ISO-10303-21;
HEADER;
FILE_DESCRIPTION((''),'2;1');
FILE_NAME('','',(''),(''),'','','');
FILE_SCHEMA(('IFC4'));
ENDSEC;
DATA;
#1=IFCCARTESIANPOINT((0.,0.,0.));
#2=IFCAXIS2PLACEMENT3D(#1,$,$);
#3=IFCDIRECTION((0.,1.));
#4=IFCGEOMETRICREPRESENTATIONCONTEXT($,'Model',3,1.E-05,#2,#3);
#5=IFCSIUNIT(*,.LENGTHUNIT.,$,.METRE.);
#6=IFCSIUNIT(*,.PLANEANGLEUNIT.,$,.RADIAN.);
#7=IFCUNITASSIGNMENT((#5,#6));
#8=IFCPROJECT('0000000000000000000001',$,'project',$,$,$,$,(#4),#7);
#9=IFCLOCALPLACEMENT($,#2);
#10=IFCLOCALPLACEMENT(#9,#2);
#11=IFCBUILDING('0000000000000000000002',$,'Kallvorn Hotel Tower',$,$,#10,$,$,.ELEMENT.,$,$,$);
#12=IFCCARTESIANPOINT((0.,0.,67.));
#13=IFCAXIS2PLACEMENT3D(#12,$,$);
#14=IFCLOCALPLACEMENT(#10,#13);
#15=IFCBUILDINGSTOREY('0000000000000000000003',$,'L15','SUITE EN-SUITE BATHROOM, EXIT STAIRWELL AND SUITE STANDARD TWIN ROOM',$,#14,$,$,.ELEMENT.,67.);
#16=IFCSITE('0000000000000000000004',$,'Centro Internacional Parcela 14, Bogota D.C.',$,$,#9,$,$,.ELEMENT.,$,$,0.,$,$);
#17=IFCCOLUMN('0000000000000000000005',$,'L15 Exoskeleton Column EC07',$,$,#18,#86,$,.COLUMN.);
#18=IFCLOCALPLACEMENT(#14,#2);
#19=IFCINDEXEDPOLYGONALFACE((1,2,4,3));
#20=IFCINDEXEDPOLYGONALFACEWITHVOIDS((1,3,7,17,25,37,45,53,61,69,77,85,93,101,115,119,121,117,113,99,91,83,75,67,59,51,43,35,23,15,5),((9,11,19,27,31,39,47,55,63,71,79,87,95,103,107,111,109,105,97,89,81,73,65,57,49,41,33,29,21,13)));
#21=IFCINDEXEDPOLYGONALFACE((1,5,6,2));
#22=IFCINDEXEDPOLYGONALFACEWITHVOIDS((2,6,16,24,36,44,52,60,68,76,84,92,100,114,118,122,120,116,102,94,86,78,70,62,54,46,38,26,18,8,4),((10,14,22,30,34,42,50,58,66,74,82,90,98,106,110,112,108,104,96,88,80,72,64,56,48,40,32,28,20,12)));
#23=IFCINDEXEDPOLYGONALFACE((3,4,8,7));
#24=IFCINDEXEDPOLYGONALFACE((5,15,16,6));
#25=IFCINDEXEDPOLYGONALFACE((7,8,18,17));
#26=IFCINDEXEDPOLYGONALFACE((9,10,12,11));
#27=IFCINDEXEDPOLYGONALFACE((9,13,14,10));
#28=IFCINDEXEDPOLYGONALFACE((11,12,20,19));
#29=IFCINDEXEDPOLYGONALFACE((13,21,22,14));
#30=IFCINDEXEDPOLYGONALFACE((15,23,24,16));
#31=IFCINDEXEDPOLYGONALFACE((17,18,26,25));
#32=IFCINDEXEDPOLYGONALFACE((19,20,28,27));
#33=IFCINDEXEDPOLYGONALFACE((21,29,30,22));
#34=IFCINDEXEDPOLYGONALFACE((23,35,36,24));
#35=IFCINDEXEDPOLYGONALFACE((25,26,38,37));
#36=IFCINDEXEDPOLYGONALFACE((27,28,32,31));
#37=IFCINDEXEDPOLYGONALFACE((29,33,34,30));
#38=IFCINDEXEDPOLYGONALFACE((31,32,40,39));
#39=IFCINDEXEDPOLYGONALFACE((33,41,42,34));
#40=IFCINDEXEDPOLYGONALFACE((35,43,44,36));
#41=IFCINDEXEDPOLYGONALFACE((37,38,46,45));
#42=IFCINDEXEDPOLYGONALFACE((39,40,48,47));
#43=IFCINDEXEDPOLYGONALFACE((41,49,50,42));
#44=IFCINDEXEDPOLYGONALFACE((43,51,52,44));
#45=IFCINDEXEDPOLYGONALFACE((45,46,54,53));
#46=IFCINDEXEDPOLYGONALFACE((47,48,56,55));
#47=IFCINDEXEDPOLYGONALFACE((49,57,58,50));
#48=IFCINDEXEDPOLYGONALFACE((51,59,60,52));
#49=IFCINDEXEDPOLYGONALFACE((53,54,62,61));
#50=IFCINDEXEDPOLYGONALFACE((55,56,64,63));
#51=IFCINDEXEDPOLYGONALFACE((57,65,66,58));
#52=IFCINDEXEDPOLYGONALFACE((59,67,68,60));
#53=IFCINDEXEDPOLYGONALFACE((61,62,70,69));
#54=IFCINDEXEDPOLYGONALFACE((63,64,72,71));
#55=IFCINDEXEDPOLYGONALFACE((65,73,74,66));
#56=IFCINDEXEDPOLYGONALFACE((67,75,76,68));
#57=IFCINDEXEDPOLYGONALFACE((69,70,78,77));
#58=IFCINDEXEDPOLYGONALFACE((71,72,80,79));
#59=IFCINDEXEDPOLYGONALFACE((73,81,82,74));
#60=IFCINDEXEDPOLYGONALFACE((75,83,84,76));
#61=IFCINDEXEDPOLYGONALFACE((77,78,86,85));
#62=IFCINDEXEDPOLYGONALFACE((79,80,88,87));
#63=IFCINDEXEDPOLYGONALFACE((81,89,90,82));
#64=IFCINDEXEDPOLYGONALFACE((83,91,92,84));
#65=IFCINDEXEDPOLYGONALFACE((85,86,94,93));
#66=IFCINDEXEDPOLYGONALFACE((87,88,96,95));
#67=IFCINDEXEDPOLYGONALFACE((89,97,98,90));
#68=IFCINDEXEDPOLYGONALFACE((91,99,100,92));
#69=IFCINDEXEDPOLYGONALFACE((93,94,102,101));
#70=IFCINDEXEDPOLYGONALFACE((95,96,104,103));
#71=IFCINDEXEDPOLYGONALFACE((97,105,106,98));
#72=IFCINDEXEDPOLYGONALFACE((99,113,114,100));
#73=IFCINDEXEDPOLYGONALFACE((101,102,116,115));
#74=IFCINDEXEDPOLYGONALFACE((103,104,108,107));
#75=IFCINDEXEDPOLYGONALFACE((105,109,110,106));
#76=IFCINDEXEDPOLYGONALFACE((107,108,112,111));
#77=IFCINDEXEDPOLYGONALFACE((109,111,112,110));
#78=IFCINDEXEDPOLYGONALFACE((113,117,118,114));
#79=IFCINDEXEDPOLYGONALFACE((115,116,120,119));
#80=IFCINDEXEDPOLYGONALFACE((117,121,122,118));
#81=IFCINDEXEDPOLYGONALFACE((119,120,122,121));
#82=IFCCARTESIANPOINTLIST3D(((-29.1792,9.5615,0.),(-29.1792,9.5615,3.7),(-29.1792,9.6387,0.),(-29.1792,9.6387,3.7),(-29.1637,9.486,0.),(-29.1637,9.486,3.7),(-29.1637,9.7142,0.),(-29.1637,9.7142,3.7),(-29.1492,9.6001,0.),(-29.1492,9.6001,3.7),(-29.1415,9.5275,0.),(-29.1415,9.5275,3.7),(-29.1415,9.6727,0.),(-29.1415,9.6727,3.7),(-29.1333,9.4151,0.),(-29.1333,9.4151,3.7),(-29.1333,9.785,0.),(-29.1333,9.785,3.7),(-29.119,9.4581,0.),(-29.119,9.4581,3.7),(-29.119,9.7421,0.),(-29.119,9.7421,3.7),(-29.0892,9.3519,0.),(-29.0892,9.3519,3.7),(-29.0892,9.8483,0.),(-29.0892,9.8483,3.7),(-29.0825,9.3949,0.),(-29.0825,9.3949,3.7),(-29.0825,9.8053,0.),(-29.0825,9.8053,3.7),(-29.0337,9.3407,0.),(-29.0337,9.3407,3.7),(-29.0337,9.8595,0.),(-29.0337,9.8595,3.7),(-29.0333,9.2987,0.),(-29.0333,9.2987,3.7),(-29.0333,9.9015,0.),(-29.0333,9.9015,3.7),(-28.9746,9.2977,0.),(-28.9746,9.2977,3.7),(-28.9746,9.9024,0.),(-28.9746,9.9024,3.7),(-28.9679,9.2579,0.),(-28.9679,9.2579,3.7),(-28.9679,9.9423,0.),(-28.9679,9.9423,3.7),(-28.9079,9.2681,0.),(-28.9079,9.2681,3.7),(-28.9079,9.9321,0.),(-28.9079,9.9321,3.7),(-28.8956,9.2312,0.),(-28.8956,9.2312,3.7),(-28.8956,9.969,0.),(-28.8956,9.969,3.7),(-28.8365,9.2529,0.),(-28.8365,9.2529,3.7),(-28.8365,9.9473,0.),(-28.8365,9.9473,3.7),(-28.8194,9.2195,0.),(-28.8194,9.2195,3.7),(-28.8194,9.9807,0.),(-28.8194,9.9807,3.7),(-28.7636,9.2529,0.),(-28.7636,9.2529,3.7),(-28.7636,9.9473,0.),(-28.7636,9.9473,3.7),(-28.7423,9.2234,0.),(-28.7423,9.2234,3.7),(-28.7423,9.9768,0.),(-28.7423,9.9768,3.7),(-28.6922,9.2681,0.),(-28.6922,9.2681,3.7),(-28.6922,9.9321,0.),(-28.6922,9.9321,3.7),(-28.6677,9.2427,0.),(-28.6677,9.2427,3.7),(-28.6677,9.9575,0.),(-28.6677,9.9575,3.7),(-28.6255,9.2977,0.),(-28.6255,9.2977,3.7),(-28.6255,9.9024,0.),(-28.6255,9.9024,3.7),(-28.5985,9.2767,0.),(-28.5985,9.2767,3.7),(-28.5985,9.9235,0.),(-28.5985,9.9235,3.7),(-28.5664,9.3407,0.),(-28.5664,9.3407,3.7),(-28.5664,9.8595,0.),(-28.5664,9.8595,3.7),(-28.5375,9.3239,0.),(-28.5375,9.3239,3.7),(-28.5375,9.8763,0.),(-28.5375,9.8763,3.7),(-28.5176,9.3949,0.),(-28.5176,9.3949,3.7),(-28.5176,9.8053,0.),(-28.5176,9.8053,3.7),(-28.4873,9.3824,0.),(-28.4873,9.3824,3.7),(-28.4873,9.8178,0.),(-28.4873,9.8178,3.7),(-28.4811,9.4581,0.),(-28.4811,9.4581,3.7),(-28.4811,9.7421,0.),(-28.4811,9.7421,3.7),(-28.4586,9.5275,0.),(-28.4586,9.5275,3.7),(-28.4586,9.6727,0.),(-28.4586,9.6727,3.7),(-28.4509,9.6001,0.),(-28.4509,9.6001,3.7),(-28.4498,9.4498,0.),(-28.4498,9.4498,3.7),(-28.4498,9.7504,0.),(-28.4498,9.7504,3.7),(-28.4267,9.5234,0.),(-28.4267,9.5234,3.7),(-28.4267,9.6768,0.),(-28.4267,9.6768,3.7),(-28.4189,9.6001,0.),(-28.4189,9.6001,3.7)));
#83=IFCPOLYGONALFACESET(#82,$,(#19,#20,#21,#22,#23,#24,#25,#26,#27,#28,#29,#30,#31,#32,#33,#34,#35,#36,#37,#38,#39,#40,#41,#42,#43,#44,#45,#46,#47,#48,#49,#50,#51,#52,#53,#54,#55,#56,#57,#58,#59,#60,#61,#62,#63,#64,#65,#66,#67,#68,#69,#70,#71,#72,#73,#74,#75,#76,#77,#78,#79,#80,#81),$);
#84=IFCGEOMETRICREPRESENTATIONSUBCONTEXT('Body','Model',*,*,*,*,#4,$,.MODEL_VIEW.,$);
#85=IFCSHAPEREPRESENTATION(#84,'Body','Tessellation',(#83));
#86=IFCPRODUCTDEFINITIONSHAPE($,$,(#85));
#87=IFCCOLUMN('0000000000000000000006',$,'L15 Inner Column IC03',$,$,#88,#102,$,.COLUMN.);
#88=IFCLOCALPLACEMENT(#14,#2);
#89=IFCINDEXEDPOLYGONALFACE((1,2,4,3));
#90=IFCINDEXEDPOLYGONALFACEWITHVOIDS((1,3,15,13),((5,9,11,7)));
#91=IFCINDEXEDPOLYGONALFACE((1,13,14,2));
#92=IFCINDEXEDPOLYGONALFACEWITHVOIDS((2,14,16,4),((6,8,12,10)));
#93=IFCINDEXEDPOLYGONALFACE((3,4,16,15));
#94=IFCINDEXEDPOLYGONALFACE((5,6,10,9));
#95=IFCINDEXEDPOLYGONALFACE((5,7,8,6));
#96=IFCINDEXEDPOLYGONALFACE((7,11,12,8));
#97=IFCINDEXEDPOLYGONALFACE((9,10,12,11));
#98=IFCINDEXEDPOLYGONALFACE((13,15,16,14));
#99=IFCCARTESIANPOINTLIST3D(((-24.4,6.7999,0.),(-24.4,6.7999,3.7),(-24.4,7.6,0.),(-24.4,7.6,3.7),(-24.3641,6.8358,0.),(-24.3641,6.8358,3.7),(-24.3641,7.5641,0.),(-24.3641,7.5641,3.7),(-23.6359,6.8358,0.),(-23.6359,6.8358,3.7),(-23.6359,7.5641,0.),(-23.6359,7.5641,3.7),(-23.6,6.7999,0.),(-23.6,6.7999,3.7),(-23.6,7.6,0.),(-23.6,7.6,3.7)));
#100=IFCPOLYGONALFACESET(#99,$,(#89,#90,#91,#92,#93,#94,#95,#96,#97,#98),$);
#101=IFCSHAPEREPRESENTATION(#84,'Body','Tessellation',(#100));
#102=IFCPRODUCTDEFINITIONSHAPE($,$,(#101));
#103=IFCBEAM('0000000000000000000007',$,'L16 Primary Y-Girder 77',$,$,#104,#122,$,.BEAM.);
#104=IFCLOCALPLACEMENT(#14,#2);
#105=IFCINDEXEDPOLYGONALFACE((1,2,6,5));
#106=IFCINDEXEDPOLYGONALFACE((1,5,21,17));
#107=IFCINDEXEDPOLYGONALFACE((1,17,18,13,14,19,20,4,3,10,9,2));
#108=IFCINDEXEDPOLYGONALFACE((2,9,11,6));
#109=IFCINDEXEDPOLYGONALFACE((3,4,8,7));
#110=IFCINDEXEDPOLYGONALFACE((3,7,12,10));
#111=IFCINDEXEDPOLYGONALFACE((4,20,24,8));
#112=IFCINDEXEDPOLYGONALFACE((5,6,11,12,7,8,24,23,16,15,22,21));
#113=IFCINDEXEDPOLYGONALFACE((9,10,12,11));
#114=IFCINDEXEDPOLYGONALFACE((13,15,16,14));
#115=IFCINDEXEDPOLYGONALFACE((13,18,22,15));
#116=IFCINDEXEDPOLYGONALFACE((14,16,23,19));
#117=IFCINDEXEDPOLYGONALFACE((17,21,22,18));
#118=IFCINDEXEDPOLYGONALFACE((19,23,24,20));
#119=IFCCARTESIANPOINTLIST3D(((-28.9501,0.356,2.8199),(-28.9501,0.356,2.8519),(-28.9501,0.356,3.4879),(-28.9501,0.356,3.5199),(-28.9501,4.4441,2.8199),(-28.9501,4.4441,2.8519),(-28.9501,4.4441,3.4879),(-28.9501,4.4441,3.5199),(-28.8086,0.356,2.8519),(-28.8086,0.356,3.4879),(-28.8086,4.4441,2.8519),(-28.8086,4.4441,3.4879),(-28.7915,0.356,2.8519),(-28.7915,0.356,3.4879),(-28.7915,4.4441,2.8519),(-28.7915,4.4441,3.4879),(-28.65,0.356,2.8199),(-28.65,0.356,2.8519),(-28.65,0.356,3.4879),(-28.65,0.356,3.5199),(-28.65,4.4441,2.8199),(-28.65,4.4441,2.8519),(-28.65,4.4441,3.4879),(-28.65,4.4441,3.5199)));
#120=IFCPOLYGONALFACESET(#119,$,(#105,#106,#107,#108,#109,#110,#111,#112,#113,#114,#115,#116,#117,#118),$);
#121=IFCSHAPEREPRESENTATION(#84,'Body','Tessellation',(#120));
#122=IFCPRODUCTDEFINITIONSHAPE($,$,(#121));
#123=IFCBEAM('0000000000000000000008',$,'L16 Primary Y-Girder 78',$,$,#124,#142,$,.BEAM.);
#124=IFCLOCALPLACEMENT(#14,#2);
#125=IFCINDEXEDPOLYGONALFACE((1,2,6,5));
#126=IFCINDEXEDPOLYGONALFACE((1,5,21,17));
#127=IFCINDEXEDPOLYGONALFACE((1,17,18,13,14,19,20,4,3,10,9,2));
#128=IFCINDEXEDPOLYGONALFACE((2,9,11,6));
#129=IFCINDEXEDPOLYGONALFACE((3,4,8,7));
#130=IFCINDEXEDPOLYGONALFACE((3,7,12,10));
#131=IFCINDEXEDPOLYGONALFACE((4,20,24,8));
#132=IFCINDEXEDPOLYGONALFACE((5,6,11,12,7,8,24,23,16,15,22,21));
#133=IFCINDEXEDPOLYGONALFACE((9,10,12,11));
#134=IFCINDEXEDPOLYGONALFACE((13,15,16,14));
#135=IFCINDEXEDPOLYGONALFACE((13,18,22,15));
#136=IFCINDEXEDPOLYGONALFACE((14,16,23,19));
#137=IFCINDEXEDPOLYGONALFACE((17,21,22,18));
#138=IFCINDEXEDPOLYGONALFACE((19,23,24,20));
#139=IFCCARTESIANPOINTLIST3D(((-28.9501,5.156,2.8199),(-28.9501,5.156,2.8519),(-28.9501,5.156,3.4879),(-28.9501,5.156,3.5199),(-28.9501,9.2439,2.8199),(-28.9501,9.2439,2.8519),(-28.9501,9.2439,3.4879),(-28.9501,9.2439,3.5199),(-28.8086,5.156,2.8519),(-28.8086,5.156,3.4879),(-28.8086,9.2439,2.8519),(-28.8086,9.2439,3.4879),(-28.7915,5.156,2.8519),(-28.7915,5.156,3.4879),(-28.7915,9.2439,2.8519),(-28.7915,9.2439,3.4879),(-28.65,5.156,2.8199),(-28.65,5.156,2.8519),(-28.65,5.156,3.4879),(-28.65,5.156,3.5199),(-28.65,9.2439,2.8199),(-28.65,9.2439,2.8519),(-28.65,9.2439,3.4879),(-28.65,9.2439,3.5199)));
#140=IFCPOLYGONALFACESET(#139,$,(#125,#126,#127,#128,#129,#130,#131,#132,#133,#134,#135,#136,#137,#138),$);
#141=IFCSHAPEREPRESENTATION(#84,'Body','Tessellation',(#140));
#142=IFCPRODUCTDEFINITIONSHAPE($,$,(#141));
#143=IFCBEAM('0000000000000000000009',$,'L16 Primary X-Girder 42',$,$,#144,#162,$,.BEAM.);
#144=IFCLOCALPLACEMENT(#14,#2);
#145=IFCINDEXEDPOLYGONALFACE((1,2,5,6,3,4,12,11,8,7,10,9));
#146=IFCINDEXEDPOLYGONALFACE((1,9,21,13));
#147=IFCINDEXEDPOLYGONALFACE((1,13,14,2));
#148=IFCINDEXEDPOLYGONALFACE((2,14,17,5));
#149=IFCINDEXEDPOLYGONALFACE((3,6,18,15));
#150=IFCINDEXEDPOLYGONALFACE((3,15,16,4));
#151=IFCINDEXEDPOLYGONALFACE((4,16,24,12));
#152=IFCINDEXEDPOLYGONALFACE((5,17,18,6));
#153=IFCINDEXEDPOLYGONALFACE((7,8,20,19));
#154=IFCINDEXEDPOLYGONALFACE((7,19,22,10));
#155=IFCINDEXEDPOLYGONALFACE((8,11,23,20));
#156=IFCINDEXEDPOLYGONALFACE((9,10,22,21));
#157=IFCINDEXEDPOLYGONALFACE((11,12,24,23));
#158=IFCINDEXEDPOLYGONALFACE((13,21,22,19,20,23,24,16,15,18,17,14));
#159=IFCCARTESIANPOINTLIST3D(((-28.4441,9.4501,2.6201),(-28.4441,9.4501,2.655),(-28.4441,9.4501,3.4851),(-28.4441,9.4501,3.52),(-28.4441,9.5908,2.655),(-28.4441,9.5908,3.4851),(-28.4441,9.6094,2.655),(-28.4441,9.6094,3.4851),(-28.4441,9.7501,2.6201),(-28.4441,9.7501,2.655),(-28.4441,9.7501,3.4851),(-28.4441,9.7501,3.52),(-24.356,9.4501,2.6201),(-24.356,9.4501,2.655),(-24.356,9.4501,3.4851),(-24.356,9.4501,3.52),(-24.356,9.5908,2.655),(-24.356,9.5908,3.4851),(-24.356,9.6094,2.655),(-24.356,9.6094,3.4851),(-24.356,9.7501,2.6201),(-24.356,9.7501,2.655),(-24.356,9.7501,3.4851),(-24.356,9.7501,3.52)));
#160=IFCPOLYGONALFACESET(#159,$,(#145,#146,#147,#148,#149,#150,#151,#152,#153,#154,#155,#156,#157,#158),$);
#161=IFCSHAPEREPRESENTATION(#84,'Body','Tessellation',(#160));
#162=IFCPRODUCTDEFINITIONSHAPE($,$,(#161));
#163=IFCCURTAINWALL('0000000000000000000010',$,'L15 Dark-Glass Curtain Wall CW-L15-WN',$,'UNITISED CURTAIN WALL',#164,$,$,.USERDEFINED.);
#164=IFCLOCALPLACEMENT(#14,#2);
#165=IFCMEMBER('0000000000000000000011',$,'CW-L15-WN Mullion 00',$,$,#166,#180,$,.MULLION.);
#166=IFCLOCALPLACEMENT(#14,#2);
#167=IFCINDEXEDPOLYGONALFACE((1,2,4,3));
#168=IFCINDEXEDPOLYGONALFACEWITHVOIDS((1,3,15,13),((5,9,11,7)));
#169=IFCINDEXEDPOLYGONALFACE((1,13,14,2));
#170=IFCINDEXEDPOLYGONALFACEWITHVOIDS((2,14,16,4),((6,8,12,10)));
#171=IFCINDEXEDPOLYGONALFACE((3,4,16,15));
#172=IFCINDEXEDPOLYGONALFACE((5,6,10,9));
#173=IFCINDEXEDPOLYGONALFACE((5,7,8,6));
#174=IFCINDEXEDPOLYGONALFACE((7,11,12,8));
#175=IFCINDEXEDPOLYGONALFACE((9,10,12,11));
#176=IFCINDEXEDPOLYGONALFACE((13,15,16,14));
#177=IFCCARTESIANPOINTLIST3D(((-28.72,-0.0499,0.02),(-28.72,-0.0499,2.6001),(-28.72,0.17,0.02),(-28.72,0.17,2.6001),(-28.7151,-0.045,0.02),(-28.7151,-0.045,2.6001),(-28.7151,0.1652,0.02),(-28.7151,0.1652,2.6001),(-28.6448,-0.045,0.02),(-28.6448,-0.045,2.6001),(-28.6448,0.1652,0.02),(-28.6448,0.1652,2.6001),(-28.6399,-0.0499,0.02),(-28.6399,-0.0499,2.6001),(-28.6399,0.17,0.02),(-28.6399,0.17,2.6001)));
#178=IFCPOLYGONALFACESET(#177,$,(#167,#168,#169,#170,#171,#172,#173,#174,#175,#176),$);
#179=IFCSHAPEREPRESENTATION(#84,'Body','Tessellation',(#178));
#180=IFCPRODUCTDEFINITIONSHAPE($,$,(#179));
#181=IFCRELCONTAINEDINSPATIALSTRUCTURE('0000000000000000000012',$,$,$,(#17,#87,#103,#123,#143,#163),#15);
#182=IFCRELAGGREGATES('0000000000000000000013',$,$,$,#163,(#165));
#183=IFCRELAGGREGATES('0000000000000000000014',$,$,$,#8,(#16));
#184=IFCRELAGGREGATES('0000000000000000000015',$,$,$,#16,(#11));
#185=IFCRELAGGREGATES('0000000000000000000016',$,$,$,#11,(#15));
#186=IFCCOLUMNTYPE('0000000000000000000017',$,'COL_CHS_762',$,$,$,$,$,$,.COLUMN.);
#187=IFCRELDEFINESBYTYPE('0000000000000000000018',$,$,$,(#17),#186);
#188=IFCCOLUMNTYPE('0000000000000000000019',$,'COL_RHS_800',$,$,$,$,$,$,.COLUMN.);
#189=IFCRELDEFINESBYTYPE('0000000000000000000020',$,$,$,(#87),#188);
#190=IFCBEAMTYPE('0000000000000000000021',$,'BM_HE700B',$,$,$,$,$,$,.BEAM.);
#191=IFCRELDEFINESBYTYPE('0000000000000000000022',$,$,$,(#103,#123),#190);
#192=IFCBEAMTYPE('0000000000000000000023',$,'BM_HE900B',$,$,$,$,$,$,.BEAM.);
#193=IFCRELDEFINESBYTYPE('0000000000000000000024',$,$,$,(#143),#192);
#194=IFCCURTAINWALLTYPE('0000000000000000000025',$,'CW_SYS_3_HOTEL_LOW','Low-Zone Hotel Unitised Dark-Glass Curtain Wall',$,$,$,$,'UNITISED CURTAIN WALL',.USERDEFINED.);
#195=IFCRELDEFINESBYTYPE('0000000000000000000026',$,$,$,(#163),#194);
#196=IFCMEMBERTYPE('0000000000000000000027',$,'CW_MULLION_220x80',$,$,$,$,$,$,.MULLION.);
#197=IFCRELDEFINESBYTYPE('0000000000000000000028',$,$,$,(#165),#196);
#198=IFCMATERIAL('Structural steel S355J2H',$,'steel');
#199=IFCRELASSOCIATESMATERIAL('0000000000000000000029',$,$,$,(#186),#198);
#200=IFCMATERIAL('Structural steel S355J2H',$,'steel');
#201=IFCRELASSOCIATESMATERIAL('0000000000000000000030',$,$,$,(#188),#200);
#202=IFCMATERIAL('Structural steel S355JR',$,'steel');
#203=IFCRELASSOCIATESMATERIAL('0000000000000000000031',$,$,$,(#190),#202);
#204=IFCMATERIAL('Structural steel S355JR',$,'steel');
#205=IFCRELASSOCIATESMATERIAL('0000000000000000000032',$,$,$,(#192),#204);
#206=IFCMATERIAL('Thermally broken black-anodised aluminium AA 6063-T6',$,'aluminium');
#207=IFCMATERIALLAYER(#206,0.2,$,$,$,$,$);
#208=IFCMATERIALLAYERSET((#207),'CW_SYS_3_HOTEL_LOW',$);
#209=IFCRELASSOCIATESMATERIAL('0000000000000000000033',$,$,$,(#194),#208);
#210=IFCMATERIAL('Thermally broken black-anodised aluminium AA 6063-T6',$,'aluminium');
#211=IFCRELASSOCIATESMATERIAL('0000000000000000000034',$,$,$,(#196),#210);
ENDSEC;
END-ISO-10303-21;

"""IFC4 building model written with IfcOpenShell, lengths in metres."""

from ifc_helpers import new_model, si_unit, direction, frame, origin, origin_2d, place, context, subcontext, project, spatial, hollow_rectangle, hollow_circle, i_section, extrude, material, layer, layer_set, material_profile, profile_set, type_object, element, aggregate, save


model = new_model("IFC4")

# Units and contexts
model_context = context("Model", 3, precision=1e-05, world=origin(), true_north=direction((0.0, 1.0)))
body_context = subcontext(model_context, "Body", "Model", "MODEL_VIEW")
ifc_project = project(units=[si_unit("LENGTHUNIT", "METRE"), si_unit("PLANEANGLEUNIT", "RADIAN")], contexts=[model_context])

# Site, building, storey
site_placement = place(None, origin())
site = spatial("IfcSite", under=ifc_project, at=site_placement, Name="Centro Internacional Parcela 14, Bogota D.C.", CompositionType="ELEMENT", RefElevation=0.0)
building_placement = place(site_placement, origin())
building = spatial("IfcBuilding", under=site, at=building_placement, Name="Kallvorn Hotel Tower", CompositionType="ELEMENT")
storey_placement = place(building_placement, frame((0.0, 0.0, 67.0)))
storey = spatial("IfcBuildingStorey", under=building, at=storey_placement, Name="L15", Description="SUITE EN-SUITE BATHROOM, EXIT STAIRWELL AND SUITE STANDARD TWIN ROOM", CompositionType="ELEMENT", Elevation=67.0)

# Columns
ifc_material_1 = material(Name="Structural steel S355J2H", Category="steel")
ifc_material_profile_1 = material_profile(ifc_material_1, hollow_circle(Radius=0.3811, WallThickness=0.032, at=origin_2d()), Name="CHS 762x32")
ifc_profile_set_1 = profile_set([ifc_material_profile_1], Name="Structural steel S355J2H")
column_type_1 = type_object("IfcColumnType", Name="COL_CHS_762", PredefinedType="COLUMN", material=ifc_profile_set_1)
for number, where, z_axis, x_axis, name in (
    (1, (-28.8, 9.6001, 0.0), (0.0, 0.0, 1.0), (1.0, 0.0, 0.0), "L15 Exoskeleton Column EC07"),
):
    element("IfcColumn", number, at=place(storey_placement, frame(where, z_axis=z_axis, x_axis=x_axis)), inside=storey, type_object=column_type_1, Name=name, PredefinedType="COLUMN", context=body_context, shape_type="SweptSolid", body=[
        extrude(hollow_circle(Radius=0.3811, WallThickness=0.032, at=origin_2d()), origin(), (0.0, 0.0, 1.0), 3.7),
    ])
ifc_material_2 = material(Name="Structural steel S355J2H", Category="steel")
ifc_material_profile_2 = material_profile(ifc_material_2, hollow_rectangle(XDim=0.8, YDim=0.8, WallThickness=0.0359, at=origin_2d()), Name="RHS 800x800x36")
ifc_profile_set_2 = profile_set([ifc_material_profile_2], Name="Structural steel S355J2H")
column_type_2 = type_object("IfcColumnType", Name="COL_RHS_800", PredefinedType="COLUMN", material=ifc_profile_set_2)
column_placement = place(storey_placement, frame((-24.0, 7.2, 0.0), z_axis=(0.0, 0.0, 1.0), x_axis=(1.0, 0.0, 0.0)))
element("IfcColumn", 2, at=column_placement, inside=storey, type_object=column_type_2, Name="L15 Inner Column IC03", PredefinedType="COLUMN", context=body_context, shape_type="SweptSolid", body=[
    extrude(hollow_rectangle(XDim=0.8, YDim=0.8, WallThickness=0.0359, at=origin_2d()), origin(), (0.0, 0.0, 1.0), 3.7),
])

# Beams
ifc_material_3 = material(Name="Structural steel S355JR", Category="steel")
ifc_material_profile_3 = material_profile(ifc_material_3, i_section(OverallWidth=0.3, OverallDepth=0.7, WebThickness=0.0171, FlangeThickness=0.032, at=origin_2d()), Name="HE 700 B")
ifc_profile_set_3 = profile_set([ifc_material_profile_3], Name="Structural steel S355JR")
beam_type_1 = type_object("IfcBeamType", Name="BM_HE700B", PredefinedType="BEAM", material=ifc_profile_set_3)
beam_1_placement = place(storey_placement, frame((-28.8, 0.356, 3.1699), z_axis=(0.0, 1.0, 0.0), x_axis=(-1.0, 0.0, 0.0)))
element("IfcBeam", 3, at=beam_1_placement, inside=storey, type_object=beam_type_1, Name="L16 Primary Y-Girder 77", PredefinedType="BEAM", context=body_context, shape_type="SweptSolid", body=[
    extrude(i_section(OverallWidth=0.3, OverallDepth=0.7, WebThickness=0.0171, FlangeThickness=0.032, at=origin_2d()), origin(), (0.0, 0.0, 1.0), 4.0881),
])
beam_2_placement = place(storey_placement, frame((-28.8, 5.156, 3.1699), z_axis=(0.0, 1.0, 0.0), x_axis=(-1.0, 0.0, 0.0)))
element("IfcBeam", 4, at=beam_2_placement, inside=storey, type_object=beam_type_1, Name="L16 Primary Y-Girder 78", PredefinedType="BEAM", context=body_context, shape_type="SweptSolid", body=[
    extrude(i_section(OverallWidth=0.3, OverallDepth=0.7, WebThickness=0.0171, FlangeThickness=0.032, at=origin_2d()), origin(), (0.0, 0.0, 1.0), 4.0879),
])
ifc_material_4 = material(Name="Structural steel S355JR", Category="steel")
ifc_material_profile_4 = material_profile(ifc_material_4, i_section(OverallWidth=0.3, OverallDepth=0.8999, WebThickness=0.0186, FlangeThickness=0.0349, at=origin_2d()), Name="HE 900 B")
ifc_profile_set_4 = profile_set([ifc_material_profile_4], Name="Structural steel S355JR")
beam_type_2 = type_object("IfcBeamType", Name="BM_HE900B", PredefinedType="BEAM", material=ifc_profile_set_4)
beam_3_placement = place(storey_placement, frame((-28.4441, 9.6001, 3.0701), z_axis=(1.0, 0.0, 0.0), x_axis=(0.0, 1.0, 0.0)))
element("IfcBeam", 5, at=beam_3_placement, inside=storey, type_object=beam_type_2, Name="L16 Primary X-Girder 42", PredefinedType="BEAM", context=body_context, shape_type="SweptSolid", body=[
    extrude(i_section(OverallWidth=0.3, OverallDepth=0.8999, WebThickness=0.0186, FlangeThickness=0.0349, at=origin_2d()), origin(), (0.0, 0.0, 1.0), 4.0881),
])

# Curtain wall, member
ifc_material_5 = material(Name="Thermally broken black-anodised aluminium AA 6063-T6", Category="aluminium")
ifc_layer_1 = layer(ifc_material_5, 0.2)
ifc_layer_set_1 = layer_set([ifc_layer_1], Name="CW_SYS_3_HOTEL_LOW")
curtain_wall_type = type_object("IfcCurtainWallType", Name="CW_SYS_3_HOTEL_LOW", Description="Low-Zone Hotel Unitised Dark-Glass Curtain Wall", ElementType="UNITISED CURTAIN WALL", PredefinedType="USERDEFINED", material=ifc_layer_set_1)
curtain_wall_placement = place(storey_placement, origin())
curtain_wall = element("IfcCurtainWall", 6, at=curtain_wall_placement, inside=storey, type_object=curtain_wall_type, Name="L15 Dark-Glass Curtain Wall CW-L15-WN", ObjectType="UNITISED CURTAIN WALL", PredefinedType="USERDEFINED")
ifc_material_6 = material(Name="Thermally broken black-anodised aluminium AA 6063-T6", Category="aluminium")
ifc_material_profile_5 = material_profile(ifc_material_6, hollow_rectangle(XDim=0.0801, YDim=0.22, WallThickness=0.0049, at=origin_2d()), Name="MUL 220x80")
ifc_profile_set_5 = profile_set([ifc_material_profile_5], Name="Thermally broken black-anodised aluminium AA 6063-T6")
member_type_1 = type_object("IfcMemberType", Name="CW_MULLION_220x80", PredefinedType="MULLION", material=ifc_profile_set_5)
member_1_placement = place(storey_placement, frame((-28.6799, 0.0601, 0.02), z_axis=(0.0, 0.0, 1.0), x_axis=(1.0, 0.0, 0.0)))
member_1 = element("IfcMember", 7, at=member_1_placement, type_object=member_type_1, Name="CW-L15-WN Mullion 00", PredefinedType="MULLION", context=body_context, shape_type="SweptSolid", body=[
    extrude(hollow_rectangle(XDim=0.0801, YDim=0.22, WallThickness=0.0049, at=origin_2d()), origin(), (0.0, 0.0, 1.0), 2.5801),
])
aggregate(curtain_wall, [member_1])

save(model, "model.ifc")
